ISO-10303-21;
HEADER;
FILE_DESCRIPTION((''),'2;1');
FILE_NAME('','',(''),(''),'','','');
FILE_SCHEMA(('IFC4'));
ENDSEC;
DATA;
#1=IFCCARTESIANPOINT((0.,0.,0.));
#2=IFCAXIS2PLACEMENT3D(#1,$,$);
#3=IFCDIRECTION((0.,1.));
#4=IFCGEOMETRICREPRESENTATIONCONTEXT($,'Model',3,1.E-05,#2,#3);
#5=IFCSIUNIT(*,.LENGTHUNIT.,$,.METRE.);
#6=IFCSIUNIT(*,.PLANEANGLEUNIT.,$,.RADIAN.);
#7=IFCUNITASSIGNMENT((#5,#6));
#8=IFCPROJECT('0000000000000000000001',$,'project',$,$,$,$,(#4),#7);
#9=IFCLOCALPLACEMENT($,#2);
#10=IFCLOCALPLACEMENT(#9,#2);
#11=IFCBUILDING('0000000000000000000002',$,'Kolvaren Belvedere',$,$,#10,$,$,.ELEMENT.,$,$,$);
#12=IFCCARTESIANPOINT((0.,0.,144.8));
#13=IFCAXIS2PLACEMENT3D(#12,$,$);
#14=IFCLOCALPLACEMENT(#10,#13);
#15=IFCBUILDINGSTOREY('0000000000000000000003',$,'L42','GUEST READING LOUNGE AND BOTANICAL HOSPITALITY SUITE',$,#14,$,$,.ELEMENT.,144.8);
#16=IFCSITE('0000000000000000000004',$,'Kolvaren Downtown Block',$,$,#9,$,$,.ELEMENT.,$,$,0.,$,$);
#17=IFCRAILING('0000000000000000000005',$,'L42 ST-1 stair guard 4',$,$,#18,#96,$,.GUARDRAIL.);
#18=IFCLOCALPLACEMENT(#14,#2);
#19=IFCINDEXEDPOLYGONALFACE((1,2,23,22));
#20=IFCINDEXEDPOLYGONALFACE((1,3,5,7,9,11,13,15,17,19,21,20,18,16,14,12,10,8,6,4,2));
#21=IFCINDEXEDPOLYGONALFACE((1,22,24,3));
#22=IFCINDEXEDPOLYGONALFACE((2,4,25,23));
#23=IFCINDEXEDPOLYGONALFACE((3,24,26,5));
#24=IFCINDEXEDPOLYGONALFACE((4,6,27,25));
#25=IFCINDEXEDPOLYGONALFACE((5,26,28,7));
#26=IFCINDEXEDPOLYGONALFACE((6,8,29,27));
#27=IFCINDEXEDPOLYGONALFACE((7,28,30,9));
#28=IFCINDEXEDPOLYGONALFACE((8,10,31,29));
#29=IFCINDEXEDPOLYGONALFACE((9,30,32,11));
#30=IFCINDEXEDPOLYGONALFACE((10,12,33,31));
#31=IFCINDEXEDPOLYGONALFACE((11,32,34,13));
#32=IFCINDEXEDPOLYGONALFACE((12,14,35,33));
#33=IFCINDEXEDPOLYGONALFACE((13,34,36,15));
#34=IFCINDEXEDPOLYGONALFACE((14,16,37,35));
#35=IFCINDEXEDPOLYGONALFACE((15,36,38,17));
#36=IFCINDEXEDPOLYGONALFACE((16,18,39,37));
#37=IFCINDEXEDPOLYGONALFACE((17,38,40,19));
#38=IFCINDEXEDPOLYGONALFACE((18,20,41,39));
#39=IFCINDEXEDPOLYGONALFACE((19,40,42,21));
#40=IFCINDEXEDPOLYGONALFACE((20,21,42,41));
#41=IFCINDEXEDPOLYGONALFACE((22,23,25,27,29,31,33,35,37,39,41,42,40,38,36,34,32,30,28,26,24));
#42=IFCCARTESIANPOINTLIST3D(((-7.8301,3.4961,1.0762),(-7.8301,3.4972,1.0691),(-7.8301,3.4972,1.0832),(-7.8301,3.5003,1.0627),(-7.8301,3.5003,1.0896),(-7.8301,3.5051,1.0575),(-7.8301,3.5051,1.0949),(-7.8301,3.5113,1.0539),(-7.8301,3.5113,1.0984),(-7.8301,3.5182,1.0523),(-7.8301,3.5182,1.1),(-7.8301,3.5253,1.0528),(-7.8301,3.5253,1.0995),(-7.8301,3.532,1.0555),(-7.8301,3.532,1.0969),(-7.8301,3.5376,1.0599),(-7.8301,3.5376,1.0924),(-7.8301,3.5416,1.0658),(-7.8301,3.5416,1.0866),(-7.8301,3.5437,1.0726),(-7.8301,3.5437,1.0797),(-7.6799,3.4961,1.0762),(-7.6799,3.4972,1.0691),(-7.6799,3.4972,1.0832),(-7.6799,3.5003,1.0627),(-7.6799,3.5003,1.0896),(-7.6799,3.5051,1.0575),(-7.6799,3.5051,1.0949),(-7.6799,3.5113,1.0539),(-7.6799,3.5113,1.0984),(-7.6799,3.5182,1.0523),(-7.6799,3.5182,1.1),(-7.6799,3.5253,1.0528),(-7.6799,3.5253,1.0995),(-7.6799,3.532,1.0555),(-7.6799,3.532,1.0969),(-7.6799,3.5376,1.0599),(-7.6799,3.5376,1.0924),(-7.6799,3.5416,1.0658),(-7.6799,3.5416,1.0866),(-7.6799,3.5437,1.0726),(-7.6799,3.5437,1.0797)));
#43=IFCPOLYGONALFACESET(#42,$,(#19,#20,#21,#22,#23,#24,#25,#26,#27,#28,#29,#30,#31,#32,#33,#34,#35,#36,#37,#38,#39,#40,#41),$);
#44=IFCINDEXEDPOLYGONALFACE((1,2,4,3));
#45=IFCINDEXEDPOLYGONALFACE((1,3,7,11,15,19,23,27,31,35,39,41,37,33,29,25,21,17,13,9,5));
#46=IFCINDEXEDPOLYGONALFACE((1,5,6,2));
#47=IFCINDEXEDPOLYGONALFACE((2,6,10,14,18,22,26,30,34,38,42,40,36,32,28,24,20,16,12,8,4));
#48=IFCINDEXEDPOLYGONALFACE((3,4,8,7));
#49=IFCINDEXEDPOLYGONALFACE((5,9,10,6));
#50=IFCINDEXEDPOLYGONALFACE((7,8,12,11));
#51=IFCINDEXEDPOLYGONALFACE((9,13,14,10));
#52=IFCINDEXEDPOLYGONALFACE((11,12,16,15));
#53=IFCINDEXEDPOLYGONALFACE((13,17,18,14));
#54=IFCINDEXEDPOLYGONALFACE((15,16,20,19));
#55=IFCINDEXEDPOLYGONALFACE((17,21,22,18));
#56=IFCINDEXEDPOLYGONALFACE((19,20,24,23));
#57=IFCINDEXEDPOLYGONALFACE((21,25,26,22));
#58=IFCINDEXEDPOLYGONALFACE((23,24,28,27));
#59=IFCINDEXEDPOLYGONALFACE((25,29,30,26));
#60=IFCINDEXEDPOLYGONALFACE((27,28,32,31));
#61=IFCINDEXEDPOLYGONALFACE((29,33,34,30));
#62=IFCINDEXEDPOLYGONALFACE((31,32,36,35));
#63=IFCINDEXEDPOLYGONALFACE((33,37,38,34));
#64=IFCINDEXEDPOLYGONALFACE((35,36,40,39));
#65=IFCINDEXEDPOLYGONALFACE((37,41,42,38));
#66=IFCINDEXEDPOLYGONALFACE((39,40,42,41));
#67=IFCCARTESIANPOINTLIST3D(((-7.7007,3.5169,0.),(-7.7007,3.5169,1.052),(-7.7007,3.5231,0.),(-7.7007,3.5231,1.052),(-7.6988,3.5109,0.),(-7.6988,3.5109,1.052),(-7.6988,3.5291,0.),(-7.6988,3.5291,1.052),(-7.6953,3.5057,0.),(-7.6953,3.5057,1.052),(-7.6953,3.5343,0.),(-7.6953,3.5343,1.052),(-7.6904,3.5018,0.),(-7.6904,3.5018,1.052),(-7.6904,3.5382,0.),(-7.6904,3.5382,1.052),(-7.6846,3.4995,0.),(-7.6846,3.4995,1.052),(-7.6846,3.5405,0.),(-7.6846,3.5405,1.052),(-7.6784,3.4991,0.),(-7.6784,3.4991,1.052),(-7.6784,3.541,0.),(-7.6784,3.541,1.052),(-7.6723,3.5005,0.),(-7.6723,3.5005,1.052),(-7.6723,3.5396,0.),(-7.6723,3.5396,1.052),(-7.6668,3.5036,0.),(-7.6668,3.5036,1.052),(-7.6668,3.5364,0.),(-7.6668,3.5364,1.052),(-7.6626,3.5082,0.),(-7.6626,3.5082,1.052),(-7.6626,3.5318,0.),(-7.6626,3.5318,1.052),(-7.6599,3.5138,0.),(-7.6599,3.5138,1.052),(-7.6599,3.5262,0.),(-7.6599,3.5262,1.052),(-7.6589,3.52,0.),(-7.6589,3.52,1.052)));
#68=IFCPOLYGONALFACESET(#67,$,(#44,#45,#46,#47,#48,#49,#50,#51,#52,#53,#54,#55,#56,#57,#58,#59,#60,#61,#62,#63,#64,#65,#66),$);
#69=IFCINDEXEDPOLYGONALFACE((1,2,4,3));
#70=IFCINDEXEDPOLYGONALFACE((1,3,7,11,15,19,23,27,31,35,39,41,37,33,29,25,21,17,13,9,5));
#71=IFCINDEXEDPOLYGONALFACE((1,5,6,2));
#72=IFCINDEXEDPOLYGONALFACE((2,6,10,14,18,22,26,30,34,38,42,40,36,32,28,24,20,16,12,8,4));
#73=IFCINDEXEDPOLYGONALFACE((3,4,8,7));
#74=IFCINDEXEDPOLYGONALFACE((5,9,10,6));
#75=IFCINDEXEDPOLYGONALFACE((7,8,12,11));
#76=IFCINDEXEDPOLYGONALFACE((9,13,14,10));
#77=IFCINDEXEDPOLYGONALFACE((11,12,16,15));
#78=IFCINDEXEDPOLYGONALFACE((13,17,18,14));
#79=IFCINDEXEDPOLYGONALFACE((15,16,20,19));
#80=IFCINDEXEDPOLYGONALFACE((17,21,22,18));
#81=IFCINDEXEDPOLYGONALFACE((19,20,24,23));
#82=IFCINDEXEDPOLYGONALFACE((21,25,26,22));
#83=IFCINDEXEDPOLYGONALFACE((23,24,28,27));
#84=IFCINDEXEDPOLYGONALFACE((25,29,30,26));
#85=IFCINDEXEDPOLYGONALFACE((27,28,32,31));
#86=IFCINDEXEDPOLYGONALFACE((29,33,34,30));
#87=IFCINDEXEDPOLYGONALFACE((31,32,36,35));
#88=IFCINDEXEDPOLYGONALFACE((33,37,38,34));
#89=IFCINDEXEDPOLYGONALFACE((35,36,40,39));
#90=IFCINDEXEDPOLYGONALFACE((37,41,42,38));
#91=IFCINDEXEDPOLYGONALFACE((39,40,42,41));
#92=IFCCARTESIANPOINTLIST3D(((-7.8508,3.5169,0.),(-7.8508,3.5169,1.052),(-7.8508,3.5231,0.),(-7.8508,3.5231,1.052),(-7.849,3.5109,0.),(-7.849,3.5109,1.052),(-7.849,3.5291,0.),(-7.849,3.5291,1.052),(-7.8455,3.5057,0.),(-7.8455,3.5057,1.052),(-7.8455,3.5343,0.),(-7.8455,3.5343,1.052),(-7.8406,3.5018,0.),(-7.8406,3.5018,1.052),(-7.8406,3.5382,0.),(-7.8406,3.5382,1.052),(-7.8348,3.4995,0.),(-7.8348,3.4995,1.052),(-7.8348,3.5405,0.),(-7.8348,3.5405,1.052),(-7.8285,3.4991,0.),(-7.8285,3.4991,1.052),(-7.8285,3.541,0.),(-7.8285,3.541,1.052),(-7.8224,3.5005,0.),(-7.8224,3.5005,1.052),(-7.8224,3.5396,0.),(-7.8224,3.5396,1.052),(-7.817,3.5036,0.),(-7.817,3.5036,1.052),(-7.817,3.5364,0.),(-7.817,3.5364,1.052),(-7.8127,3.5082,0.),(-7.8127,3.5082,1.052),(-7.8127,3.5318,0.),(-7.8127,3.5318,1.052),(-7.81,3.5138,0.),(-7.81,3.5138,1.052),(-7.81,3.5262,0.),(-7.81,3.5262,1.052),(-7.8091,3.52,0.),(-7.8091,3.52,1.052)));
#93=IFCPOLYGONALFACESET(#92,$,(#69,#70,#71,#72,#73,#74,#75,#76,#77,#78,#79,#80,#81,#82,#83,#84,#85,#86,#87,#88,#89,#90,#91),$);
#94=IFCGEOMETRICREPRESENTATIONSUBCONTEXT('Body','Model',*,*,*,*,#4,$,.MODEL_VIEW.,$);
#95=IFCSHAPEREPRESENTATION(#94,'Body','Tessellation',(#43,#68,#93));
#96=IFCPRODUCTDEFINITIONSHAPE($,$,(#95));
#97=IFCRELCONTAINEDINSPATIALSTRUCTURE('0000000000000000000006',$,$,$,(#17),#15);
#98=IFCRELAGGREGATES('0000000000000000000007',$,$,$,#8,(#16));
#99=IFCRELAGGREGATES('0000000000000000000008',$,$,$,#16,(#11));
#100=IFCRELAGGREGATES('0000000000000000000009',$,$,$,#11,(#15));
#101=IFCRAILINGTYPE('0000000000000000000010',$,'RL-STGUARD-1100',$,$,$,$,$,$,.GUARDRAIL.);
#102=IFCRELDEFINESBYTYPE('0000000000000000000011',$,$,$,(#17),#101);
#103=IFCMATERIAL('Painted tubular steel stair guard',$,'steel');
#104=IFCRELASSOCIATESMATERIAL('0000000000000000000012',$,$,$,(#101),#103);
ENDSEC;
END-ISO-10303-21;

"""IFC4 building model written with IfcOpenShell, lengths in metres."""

from ifc_helpers import new_model, si_unit, direction, frame, origin, origin_2d, place, context, subcontext, project, spatial, circle, extrude, material, type_object, element, save


model = new_model("IFC4")

# Units and contexts
model_context = context("Model", 3, precision=1e-05, world=origin(), true_north=direction((0.0, 1.0)))
body_context = subcontext(model_context, "Body", "Model", "MODEL_VIEW")
ifc_project = project(units=[si_unit("LENGTHUNIT", "METRE"), si_unit("PLANEANGLEUNIT", "RADIAN")], contexts=[model_context])

# Site, building, storey
site_placement = place(None, origin())
site = spatial("IfcSite", under=ifc_project, at=site_placement, Name="Kolvaren Downtown Block", CompositionType="ELEMENT", RefElevation=0.0)
building_placement = place(site_placement, origin())
building = spatial("IfcBuilding", under=site, at=building_placement, Name="Kolvaren Belvedere", CompositionType="ELEMENT")
storey_placement = place(building_placement, frame((0.0, 0.0, 144.8)))
storey = spatial("IfcBuildingStorey", under=building, at=storey_placement, Name="L42", Description="GUEST READING LOUNGE AND BOTANICAL HOSPITALITY SUITE", CompositionType="ELEMENT", Elevation=144.8)

# Railing
ifc_material_1 = material(Name="Painted tubular steel stair guard", Category="steel")
railing_type_1 = type_object("IfcRailingType", Name="RL-STGUARD-1100", PredefinedType="GUARDRAIL", material=ifc_material_1)
railing_1_placement = place(storey_placement, frame((-7.6799, 3.52, 0.0)))
element("IfcRailing", 1, at=railing_1_placement, inside=storey, type_object=railing_type_1, Name="L42 ST-1 stair guard 4", PredefinedType="GUARDRAIL", context=body_context, shape_type="SweptSolid", body=[
    extrude(circle(Radius=0.0239, at=origin_2d()), frame((0.0, 0.0, 1.0762), z_axis=(-1.0, 0.0, 0.0), x_axis=(0.0, -1.0, 0.0)), (0.0, 0.0, 1.0), 0.1501),
    extrude(circle(Radius=0.021, at=origin_2d()), origin(), (0.0, 0.0, 1.0), 1.052),
    extrude(circle(Radius=0.021, at=origin_2d()), frame((-0.1501, 0.0, 0.0)), (0.0, 0.0, 1.0), 1.052),
])

save(model, "model.ifc")
